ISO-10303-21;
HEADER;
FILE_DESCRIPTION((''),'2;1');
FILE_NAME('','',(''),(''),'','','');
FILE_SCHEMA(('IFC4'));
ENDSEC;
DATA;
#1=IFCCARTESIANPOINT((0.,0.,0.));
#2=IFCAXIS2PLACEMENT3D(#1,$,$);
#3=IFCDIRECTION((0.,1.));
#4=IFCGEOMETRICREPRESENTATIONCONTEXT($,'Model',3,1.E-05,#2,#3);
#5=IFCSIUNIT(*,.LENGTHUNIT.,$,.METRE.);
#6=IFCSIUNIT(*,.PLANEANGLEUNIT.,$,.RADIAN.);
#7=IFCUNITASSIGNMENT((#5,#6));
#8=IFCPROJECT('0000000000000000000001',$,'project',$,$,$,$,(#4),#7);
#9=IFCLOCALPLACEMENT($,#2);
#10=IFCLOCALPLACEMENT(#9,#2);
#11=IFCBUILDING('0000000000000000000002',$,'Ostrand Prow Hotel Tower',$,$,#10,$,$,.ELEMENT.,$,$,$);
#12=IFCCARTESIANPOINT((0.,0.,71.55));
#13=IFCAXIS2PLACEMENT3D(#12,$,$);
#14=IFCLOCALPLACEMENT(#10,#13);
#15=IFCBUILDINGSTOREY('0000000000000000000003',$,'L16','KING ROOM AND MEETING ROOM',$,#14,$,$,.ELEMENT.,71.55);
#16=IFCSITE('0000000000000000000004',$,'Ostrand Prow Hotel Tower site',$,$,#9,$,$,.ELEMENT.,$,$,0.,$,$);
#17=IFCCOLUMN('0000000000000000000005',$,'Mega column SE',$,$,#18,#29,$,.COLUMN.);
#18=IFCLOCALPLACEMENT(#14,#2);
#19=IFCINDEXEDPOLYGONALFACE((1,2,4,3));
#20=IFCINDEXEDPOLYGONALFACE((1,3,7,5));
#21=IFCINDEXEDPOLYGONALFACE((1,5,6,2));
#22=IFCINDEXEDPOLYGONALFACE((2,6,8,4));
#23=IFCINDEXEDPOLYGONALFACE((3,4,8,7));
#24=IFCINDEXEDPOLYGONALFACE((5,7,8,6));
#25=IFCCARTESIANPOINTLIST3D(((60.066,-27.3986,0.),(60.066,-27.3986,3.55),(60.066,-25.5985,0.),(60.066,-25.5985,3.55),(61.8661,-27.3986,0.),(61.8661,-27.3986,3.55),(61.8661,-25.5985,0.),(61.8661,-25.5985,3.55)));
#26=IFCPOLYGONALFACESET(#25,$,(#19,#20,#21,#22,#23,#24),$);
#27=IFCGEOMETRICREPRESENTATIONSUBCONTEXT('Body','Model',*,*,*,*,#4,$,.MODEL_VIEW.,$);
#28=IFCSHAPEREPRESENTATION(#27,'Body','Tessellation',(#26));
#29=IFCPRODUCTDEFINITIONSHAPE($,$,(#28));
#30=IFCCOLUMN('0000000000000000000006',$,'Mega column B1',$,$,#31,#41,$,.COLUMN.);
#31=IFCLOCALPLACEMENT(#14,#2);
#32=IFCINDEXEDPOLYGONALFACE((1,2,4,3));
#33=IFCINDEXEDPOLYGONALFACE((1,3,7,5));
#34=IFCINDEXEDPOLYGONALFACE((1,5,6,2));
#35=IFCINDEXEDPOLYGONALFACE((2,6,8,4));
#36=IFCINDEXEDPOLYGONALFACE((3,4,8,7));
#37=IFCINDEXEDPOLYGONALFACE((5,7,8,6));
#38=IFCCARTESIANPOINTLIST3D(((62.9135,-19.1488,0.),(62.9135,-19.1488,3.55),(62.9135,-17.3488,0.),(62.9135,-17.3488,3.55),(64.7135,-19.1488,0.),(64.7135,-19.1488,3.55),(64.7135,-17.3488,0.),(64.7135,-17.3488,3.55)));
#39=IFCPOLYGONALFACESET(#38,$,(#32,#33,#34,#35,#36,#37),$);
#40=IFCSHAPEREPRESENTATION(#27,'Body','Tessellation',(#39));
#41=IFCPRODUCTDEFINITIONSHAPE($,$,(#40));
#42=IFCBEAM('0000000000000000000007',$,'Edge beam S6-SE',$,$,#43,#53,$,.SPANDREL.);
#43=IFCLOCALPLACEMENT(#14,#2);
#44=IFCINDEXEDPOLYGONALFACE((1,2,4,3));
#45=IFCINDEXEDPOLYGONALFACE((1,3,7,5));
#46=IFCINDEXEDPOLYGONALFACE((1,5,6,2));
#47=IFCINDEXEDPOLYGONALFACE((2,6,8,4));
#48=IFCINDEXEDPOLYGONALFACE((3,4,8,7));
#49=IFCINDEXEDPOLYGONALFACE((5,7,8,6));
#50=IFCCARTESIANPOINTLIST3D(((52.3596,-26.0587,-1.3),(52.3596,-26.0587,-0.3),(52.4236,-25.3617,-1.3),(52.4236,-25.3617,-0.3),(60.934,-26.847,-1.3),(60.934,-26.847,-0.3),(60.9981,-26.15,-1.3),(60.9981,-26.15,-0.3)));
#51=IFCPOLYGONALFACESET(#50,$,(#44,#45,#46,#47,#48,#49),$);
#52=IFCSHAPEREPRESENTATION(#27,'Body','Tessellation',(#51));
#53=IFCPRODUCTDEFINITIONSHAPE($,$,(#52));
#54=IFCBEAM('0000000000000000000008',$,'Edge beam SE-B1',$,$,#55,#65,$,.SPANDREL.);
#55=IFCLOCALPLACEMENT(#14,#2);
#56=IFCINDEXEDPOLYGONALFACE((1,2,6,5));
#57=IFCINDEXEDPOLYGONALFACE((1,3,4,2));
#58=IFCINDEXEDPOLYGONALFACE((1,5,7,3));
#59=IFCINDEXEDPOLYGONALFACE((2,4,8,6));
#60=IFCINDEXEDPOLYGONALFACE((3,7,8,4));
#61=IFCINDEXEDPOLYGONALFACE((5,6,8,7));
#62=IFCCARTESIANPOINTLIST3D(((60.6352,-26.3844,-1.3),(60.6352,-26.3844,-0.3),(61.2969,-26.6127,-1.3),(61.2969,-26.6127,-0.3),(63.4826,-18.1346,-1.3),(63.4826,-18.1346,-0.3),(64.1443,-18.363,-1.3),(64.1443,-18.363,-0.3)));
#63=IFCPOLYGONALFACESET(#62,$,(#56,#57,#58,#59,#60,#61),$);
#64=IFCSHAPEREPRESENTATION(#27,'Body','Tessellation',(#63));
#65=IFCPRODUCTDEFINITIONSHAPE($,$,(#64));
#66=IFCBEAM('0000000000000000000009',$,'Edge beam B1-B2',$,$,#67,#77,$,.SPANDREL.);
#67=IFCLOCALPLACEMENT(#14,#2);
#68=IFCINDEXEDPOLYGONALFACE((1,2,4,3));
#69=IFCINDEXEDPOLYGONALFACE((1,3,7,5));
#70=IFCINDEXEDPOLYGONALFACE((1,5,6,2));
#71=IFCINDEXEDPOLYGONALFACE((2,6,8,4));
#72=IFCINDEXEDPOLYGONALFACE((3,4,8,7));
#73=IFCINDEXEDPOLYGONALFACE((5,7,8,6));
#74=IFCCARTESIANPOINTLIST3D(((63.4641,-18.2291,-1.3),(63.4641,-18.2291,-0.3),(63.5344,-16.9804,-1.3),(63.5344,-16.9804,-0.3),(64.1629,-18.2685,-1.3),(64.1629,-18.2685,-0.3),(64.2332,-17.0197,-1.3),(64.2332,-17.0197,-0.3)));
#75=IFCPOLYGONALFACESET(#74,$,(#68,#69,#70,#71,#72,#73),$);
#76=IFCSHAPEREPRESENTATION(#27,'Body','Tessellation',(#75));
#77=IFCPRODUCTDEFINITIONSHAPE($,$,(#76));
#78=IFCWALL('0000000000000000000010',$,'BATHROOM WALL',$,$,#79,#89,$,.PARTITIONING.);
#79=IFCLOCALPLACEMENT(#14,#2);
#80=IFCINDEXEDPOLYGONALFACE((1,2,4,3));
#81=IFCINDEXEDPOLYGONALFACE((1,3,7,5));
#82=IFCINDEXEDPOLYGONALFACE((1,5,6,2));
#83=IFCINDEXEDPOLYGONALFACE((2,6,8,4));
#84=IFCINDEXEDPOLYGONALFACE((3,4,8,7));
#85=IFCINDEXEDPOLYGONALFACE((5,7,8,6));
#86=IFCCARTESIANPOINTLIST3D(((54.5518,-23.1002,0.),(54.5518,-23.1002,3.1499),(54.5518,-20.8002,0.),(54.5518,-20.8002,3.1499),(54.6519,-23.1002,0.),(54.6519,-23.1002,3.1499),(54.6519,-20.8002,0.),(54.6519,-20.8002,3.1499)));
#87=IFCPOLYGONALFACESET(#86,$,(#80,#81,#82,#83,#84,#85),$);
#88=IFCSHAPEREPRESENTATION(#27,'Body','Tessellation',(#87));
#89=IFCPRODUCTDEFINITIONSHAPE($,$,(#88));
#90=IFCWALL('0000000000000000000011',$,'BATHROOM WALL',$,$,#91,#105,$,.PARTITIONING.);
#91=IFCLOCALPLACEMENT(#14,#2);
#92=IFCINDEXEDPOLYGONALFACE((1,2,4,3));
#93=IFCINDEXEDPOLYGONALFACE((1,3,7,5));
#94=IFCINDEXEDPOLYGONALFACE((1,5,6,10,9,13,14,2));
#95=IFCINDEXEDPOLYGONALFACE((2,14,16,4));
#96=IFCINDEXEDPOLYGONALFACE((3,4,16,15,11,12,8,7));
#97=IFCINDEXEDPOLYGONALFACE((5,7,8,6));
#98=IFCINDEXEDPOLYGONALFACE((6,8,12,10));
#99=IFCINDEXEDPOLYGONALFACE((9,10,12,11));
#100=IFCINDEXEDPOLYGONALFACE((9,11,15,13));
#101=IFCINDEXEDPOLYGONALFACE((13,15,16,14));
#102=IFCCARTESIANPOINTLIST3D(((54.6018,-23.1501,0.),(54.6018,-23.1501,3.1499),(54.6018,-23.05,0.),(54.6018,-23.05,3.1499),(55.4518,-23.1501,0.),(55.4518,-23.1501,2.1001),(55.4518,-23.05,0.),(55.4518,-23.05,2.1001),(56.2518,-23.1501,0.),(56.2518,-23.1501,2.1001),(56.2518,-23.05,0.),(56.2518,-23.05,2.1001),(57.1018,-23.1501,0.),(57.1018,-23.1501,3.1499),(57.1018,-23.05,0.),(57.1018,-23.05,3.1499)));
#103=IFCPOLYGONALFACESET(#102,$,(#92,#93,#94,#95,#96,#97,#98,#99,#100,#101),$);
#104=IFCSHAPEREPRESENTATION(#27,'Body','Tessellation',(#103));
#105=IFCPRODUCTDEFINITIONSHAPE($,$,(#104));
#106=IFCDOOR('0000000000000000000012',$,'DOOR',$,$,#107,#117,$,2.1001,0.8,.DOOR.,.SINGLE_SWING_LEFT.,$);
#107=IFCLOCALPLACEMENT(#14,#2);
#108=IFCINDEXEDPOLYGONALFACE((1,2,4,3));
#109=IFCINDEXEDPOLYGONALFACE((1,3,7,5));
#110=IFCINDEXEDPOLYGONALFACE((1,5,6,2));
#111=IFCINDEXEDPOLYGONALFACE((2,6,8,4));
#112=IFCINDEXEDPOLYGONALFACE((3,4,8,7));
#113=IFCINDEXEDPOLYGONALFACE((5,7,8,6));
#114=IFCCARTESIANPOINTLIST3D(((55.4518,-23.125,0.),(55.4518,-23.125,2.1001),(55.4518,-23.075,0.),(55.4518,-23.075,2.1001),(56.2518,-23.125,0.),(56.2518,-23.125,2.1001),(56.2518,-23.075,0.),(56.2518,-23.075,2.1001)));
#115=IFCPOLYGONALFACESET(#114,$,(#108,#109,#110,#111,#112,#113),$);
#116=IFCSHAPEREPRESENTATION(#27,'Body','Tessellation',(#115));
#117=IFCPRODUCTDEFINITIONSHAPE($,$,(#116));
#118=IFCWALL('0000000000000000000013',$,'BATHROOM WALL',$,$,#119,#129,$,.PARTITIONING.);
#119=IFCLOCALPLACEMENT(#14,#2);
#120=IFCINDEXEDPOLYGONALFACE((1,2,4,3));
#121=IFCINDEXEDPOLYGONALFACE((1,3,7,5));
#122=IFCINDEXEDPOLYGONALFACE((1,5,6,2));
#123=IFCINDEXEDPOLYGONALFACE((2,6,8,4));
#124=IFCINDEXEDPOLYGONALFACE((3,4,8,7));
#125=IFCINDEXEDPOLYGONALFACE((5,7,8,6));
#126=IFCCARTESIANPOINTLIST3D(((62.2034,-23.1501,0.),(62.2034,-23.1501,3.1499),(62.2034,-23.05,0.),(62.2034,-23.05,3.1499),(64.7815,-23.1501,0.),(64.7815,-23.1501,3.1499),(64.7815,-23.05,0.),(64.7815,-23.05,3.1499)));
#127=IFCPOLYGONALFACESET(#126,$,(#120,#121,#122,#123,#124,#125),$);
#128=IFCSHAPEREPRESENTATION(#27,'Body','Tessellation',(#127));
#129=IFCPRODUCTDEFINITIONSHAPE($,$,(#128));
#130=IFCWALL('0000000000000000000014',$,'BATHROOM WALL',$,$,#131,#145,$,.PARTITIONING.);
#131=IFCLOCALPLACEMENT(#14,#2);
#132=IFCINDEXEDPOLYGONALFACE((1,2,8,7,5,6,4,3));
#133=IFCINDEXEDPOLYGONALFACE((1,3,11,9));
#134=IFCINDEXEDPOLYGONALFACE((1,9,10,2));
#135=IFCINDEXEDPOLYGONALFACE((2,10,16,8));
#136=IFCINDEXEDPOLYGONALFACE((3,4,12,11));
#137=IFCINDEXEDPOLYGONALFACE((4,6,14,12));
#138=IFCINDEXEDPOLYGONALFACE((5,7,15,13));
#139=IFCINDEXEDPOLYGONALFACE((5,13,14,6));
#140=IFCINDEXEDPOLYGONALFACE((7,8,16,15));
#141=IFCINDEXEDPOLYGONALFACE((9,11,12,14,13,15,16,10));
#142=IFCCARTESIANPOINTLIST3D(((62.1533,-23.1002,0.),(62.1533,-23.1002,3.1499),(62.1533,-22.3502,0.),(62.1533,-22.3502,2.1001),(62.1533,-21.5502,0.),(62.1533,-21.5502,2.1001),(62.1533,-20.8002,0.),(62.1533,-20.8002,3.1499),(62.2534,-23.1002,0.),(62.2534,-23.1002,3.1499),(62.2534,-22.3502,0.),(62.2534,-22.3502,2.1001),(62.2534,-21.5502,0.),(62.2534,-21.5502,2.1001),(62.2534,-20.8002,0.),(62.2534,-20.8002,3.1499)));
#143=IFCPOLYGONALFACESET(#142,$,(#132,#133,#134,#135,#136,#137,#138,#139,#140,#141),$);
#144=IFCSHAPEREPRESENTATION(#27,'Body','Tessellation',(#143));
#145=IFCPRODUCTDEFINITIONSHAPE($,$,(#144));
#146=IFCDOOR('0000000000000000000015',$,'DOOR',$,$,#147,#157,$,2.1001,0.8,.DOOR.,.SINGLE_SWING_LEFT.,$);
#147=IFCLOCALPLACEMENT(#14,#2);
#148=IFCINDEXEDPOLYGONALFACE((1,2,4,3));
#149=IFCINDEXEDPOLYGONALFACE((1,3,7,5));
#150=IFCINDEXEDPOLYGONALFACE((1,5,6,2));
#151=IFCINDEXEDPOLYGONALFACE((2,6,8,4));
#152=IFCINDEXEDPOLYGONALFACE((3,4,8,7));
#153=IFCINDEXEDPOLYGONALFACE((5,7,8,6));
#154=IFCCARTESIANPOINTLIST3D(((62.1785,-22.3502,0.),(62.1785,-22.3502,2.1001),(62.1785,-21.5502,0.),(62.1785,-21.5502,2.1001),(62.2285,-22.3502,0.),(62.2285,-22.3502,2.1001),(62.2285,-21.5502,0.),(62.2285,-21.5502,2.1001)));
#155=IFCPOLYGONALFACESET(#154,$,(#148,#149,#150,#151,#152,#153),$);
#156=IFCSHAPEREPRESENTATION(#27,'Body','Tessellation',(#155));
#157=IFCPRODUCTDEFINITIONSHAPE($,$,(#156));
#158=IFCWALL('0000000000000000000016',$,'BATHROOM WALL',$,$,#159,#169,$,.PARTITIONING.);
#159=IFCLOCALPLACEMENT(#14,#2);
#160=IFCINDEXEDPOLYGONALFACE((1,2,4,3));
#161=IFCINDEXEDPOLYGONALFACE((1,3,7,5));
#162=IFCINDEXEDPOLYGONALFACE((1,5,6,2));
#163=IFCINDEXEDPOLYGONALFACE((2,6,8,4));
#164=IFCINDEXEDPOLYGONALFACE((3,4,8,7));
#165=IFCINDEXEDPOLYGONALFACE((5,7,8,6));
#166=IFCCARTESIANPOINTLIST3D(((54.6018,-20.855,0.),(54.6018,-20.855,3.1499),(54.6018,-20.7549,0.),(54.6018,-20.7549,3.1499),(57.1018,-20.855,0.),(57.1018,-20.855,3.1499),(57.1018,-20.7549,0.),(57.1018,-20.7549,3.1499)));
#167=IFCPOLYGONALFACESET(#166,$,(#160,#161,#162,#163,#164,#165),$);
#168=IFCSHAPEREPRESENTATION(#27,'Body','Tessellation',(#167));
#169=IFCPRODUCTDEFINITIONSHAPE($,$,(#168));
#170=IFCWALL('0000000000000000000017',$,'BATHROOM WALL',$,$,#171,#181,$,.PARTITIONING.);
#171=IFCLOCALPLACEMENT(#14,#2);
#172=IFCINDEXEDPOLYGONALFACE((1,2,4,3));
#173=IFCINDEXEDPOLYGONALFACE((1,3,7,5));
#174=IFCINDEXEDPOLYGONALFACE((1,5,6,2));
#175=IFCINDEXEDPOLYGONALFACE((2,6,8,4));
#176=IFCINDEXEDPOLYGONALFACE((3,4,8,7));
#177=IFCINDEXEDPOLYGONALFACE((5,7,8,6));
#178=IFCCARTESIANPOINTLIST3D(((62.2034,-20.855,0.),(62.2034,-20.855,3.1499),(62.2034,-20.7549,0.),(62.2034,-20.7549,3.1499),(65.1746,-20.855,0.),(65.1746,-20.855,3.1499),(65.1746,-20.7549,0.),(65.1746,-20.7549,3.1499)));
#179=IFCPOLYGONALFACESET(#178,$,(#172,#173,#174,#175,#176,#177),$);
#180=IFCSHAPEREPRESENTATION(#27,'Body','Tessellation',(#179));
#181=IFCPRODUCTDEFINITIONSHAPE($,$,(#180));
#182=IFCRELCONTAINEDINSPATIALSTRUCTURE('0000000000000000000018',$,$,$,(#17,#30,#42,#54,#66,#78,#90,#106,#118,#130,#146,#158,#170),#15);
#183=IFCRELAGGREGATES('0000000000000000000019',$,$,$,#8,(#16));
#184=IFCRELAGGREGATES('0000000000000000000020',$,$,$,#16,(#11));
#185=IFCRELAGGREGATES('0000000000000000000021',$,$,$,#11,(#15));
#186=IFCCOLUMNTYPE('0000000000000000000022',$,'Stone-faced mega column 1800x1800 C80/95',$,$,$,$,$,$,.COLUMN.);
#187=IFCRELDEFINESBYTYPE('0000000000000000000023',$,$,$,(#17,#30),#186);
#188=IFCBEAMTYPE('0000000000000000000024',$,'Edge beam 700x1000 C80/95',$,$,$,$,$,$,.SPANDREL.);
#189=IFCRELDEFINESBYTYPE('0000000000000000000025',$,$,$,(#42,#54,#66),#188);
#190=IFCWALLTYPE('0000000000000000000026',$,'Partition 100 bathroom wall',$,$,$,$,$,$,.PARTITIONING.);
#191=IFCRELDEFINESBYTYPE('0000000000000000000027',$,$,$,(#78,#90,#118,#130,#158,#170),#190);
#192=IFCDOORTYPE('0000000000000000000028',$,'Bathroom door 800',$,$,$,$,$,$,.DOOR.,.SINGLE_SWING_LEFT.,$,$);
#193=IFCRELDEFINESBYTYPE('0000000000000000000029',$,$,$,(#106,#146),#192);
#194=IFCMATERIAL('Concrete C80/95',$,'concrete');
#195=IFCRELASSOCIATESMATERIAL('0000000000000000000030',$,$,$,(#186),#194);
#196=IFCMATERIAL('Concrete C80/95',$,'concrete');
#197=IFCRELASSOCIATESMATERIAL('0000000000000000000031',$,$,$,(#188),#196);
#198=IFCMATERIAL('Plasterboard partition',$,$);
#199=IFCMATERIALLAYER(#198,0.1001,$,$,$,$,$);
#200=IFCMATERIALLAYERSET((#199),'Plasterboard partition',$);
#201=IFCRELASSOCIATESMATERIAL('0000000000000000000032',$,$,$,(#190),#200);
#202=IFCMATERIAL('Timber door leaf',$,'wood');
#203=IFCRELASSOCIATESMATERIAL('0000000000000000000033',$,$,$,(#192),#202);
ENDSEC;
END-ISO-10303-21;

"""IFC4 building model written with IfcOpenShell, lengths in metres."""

from ifc_helpers import new_model, si_unit, direction, frame, frame_2d, origin, origin_2d, place, context, subcontext, project, spatial, rectangle, extrude, material, layer, layer_set, material_profile, profile_set, type_object, element, fill, save


model = new_model("IFC4")

# Units and contexts
model_context = context("Model", 3, precision=1e-05, world=origin(), true_north=direction((0.0, 1.0)))
body_context = subcontext(model_context, "Body", "Model", "MODEL_VIEW")
ifc_project = project(units=[si_unit("LENGTHUNIT", "METRE"), si_unit("PLANEANGLEUNIT", "RADIAN")], contexts=[model_context])

# Site, building, storey
site_placement = place(None, origin())
site = spatial("IfcSite", under=ifc_project, at=site_placement, Name="Ostrand Prow Hotel Tower site", CompositionType="ELEMENT", RefElevation=0.0)
building_placement = place(site_placement, origin())
building = spatial("IfcBuilding", under=site, at=building_placement, Name="Ostrand Prow Hotel Tower", CompositionType="ELEMENT")
storey_placement = place(building_placement, frame((0.0, 0.0, 71.55)))
storey = spatial("IfcBuildingStorey", under=building, at=storey_placement, Name="L16", Description="KING ROOM AND MEETING ROOM", CompositionType="ELEMENT", Elevation=71.55)

# Columns
ifc_material_1 = material(Name="Concrete C80/95", Category="concrete")
ifc_material_profile_1 = material_profile(ifc_material_1, rectangle(XDim=1.8, YDim=1.8, at=origin_2d()), Name="RC 1800x1800")
ifc_profile_set_1 = profile_set([ifc_material_profile_1], Name="Concrete C80/95")
column_type = type_object("IfcColumnType", Name="Stone-faced mega column 1800x1800 C80/95", PredefinedType="COLUMN", material=ifc_profile_set_1)
for number, where, z_axis, x_axis, name in (
    (1, (60.9661, -26.4985, 0.0), (0.0, 0.0, 1.0), (1.0, 0.0, 0.0), "Mega column SE"),
    (2, (63.8135, -18.2488, 0.0), (0.0, 0.0, 1.0), (1.0, 0.0, 0.0), "Mega column B1"),
):
    element("IfcColumn", number, at=place(storey_placement, frame(where, z_axis=z_axis, x_axis=x_axis)), inside=storey, type_object=column_type, Name=name, PredefinedType="COLUMN", context=body_context, shape_type="SweptSolid", body=[
        extrude(rectangle(XDim=1.8, YDim=1.8, at=origin_2d()), origin(), (0.0, 0.0, 1.0), 3.55),
    ])

# Beams
ifc_material_2 = material(Name="Concrete C80/95", Category="concrete")
ifc_material_profile_2 = material_profile(ifc_material_2, rectangle(XDim=0.7, YDim=1.0, at=origin_2d()), Name="RC 700x1000")
ifc_profile_set_2 = profile_set([ifc_material_profile_2], Name="Concrete C80/95")
beam_type = type_object("IfcBeamType", Name="Edge beam 700x1000 C80/95", PredefinedType="SPANDREL", material=ifc_profile_set_2)
beam_1_placement = place(storey_placement, frame((52.3916, -25.7102, -0.8), z_axis=(0.9958, -0.091553, 0.0), x_axis=(0.091553, 0.9958, 0.0)))
element("IfcBeam", 3, at=beam_1_placement, inside=storey, type_object=beam_type, Name="Edge beam S6-SE", PredefinedType="SPANDREL", context=body_context, shape_type="SweptSolid", body=[
    extrude(rectangle(XDim=0.7, YDim=1.0, at=origin_2d()), origin(), (0.0, 0.0, 1.0), 8.6106),
])
beam_2_placement = place(storey_placement, frame((60.9661, -26.4985, -0.8), z_axis=(0.326264, 0.945279, 0.0), x_axis=(-0.945279, 0.326264, 0.0)))
element("IfcBeam", 4, at=beam_2_placement, inside=storey, type_object=beam_type, Name="Edge beam SE-B1", PredefinedType="SPANDREL", context=body_context, shape_type="SweptSolid", body=[
    extrude(rectangle(XDim=0.7, YDim=1.0, at=origin_2d()), origin(), (0.0, 0.0, 1.0), 8.7273),
])
beam_3_placement = place(storey_placement, frame((63.8135, -18.2488, -0.8), z_axis=(0.056216, 0.998419, 0.0), x_axis=(-0.998419, 0.056216, 0.0)))
element("IfcBeam", 5, at=beam_3_placement, inside=storey, type_object=beam_type, Name="Edge beam B1-B2", PredefinedType="SPANDREL", context=body_context, shape_type="SweptSolid", body=[
    extrude(rectangle(XDim=0.7, YDim=1.0, at=origin_2d()), origin(), (0.0, 0.0, 1.0), 1.2507),
])

# Wall
ifc_material_3 = material(Name="Plasterboard partition")
ifc_layer_1 = layer(ifc_material_3, 0.1001)
ifc_layer_set_1 = layer_set([ifc_layer_1], Name="Plasterboard partition")
wall_type_1 = type_object("IfcWallType", Name="Partition 100 bathroom wall", PredefinedType="PARTITIONING", material=ifc_layer_set_1)
wall_1_placement = place(storey_placement, frame((54.6018, -23.1001, 0.0), z_axis=(0.0, 0.0, 1.0), x_axis=(0.0, 1.0, 0.0)))
element("IfcWall", 6, at=wall_1_placement, inside=storey, type_object=wall_type_1, Name="BATHROOM WALL", PredefinedType="PARTITIONING", context=body_context, shape_type="SweptSolid", body=[
    extrude(rectangle(XDim=2.3, YDim=0.1001, at=frame_2d((1.1499, 0.0))), origin(), (0.0, 0.0, 1.0), 3.1499),
])

# Wall, opening, door
wall_2_placement = place(storey_placement, frame((57.1018, -23.1001, 0.0), z_axis=(0.0, 0.0, 1.0), x_axis=(-1.0, 0.0, 0.0)))
wall_2 = element("IfcWall", 7, at=wall_2_placement, inside=storey, type_object=wall_type_1, Name="BATHROOM WALL", PredefinedType="PARTITIONING", context=body_context, shape_type="SweptSolid", body=[
    extrude(rectangle(XDim=2.5, YDim=0.1001, at=frame_2d((1.25, 0.0))), origin(), (0.0, 0.0, 1.0), 3.1499),
])
opening_1_placement = place(wall_2_placement, frame((0.8501, 0.0, 0.0)))
opening_1 = element("IfcOpeningElement", 8, at=opening_1_placement, cuts=wall_2, PredefinedType="OPENING", context=body_context, shape_type="SweptSolid", body=[
    extrude(rectangle(XDim=0.8, YDim=2.1001, at=frame_2d((0.3999, 1.05))), frame((0.0, 0.0601, 0.0), z_axis=(0.0, -1.0, 0.0), x_axis=(1.0, 0.0, 0.0)), (0.0, 0.0, 1.0), 0.1201),
])
ifc_material_4 = material(Name="Timber door leaf", Category="wood")
door_type_1 = type_object("IfcDoorType", Name="Bathroom door 800", OperationType="SINGLE_SWING_LEFT", PredefinedType="DOOR", material=ifc_material_4)
door_1_placement = place(opening_1_placement, origin())
door_1 = element("IfcDoor", 9, at=door_1_placement, inside=storey, type_object=door_type_1, Name="DOOR", OperationType="SINGLE_SWING_LEFT", OverallHeight=2.1001, OverallWidth=0.8, PredefinedType="DOOR", context=body_context, shape_type="SweptSolid", body=[
    extrude(rectangle(XDim=0.8, YDim=2.1001, at=frame_2d((0.3999, 1.05))), frame((0.0, 0.0249, 0.0), z_axis=(0.0, -1.0, 0.0), x_axis=(1.0, 0.0, 0.0)), (0.0, 0.0, 1.0), 0.05),
])
fill(opening_1, door_1)

# Wall
wall_3_placement = place(storey_placement, frame((64.7815, -23.1001, 0.0), z_axis=(0.0, 0.0, 1.0), x_axis=(-1.0, 0.0, 0.0)))
element("IfcWall", 10, at=wall_3_placement, inside=storey, type_object=wall_type_1, Name="BATHROOM WALL", PredefinedType="PARTITIONING", context=body_context, shape_type="SweptSolid", body=[
    extrude(rectangle(XDim=2.5781, YDim=0.1001, at=frame_2d((1.2891, 0.0))), origin(), (0.0, 0.0, 1.0), 3.1499),
])

# Wall, opening, door
wall_4_placement = place(storey_placement, frame((62.2034, -23.1001, 0.0), z_axis=(0.0, 0.0, 1.0), x_axis=(0.0, 1.0, 0.0)))
wall_4 = element("IfcWall", 11, at=wall_4_placement, inside=storey, type_object=wall_type_1, Name="BATHROOM WALL", PredefinedType="PARTITIONING", context=body_context, shape_type="SweptSolid", body=[
    extrude(rectangle(XDim=2.3, YDim=0.1001, at=frame_2d((1.1499, 0.0))), origin(), (0.0, 0.0, 1.0), 3.1499),
])
opening_2_placement = place(wall_4_placement, frame((0.75, 0.0, 0.0)))
opening_2 = element("IfcOpeningElement", 12, at=opening_2_placement, cuts=wall_4, PredefinedType="OPENING", context=body_context, shape_type="SweptSolid", body=[
    extrude(rectangle(XDim=0.8, YDim=2.1001, at=frame_2d((0.3999, 1.05))), frame((0.0, 0.0601, 0.0), z_axis=(0.0, -1.0, 0.0), x_axis=(1.0, 0.0, 0.0)), (0.0, 0.0, 1.0), 0.1201),
])
door_2_placement = place(opening_2_placement, origin())
door_2 = element("IfcDoor", 13, at=door_2_placement, inside=storey, type_object=door_type_1, Name="DOOR", OperationType="SINGLE_SWING_LEFT", OverallHeight=2.1001, OverallWidth=0.8, PredefinedType="DOOR", context=body_context, shape_type="SweptSolid", body=[
    extrude(rectangle(XDim=0.8, YDim=2.1001, at=frame_2d((0.3999, 1.05))), frame((0.0, 0.0249, 0.0), z_axis=(0.0, -1.0, 0.0), x_axis=(1.0, 0.0, 0.0)), (0.0, 0.0, 1.0), 0.05),
])
fill(opening_2, door_2)

# Walls
wall_5_placement = place(storey_placement, frame((54.6018, -20.8049, 0.0), z_axis=(0.0, 0.0, 1.0), x_axis=(1.0, 0.0, 0.0)))
element("IfcWall", 14, at=wall_5_placement, inside=storey, type_object=wall_type_1, Name="BATHROOM WALL", PredefinedType="PARTITIONING", context=body_context, shape_type="SweptSolid", body=[
    extrude(rectangle(XDim=2.5, YDim=0.1001, at=frame_2d((1.25, 0.0))), origin(), (0.0, 0.0, 1.0), 3.1499),
])
wall_6_placement = place(storey_placement, frame((62.2034, -20.8049, 0.0), z_axis=(0.0, 0.0, 1.0), x_axis=(1.0, 0.0, 0.0)))
element("IfcWall", 15, at=wall_6_placement, inside=storey, type_object=wall_type_1, Name="BATHROOM WALL", PredefinedType="PARTITIONING", context=body_context, shape_type="SweptSolid", body=[
    extrude(rectangle(XDim=2.9712, YDim=0.1001, at=frame_2d((1.4856, 0.0))), origin(), (0.0, 0.0, 1.0), 3.1499),
])

save(model, "model.ifc")
